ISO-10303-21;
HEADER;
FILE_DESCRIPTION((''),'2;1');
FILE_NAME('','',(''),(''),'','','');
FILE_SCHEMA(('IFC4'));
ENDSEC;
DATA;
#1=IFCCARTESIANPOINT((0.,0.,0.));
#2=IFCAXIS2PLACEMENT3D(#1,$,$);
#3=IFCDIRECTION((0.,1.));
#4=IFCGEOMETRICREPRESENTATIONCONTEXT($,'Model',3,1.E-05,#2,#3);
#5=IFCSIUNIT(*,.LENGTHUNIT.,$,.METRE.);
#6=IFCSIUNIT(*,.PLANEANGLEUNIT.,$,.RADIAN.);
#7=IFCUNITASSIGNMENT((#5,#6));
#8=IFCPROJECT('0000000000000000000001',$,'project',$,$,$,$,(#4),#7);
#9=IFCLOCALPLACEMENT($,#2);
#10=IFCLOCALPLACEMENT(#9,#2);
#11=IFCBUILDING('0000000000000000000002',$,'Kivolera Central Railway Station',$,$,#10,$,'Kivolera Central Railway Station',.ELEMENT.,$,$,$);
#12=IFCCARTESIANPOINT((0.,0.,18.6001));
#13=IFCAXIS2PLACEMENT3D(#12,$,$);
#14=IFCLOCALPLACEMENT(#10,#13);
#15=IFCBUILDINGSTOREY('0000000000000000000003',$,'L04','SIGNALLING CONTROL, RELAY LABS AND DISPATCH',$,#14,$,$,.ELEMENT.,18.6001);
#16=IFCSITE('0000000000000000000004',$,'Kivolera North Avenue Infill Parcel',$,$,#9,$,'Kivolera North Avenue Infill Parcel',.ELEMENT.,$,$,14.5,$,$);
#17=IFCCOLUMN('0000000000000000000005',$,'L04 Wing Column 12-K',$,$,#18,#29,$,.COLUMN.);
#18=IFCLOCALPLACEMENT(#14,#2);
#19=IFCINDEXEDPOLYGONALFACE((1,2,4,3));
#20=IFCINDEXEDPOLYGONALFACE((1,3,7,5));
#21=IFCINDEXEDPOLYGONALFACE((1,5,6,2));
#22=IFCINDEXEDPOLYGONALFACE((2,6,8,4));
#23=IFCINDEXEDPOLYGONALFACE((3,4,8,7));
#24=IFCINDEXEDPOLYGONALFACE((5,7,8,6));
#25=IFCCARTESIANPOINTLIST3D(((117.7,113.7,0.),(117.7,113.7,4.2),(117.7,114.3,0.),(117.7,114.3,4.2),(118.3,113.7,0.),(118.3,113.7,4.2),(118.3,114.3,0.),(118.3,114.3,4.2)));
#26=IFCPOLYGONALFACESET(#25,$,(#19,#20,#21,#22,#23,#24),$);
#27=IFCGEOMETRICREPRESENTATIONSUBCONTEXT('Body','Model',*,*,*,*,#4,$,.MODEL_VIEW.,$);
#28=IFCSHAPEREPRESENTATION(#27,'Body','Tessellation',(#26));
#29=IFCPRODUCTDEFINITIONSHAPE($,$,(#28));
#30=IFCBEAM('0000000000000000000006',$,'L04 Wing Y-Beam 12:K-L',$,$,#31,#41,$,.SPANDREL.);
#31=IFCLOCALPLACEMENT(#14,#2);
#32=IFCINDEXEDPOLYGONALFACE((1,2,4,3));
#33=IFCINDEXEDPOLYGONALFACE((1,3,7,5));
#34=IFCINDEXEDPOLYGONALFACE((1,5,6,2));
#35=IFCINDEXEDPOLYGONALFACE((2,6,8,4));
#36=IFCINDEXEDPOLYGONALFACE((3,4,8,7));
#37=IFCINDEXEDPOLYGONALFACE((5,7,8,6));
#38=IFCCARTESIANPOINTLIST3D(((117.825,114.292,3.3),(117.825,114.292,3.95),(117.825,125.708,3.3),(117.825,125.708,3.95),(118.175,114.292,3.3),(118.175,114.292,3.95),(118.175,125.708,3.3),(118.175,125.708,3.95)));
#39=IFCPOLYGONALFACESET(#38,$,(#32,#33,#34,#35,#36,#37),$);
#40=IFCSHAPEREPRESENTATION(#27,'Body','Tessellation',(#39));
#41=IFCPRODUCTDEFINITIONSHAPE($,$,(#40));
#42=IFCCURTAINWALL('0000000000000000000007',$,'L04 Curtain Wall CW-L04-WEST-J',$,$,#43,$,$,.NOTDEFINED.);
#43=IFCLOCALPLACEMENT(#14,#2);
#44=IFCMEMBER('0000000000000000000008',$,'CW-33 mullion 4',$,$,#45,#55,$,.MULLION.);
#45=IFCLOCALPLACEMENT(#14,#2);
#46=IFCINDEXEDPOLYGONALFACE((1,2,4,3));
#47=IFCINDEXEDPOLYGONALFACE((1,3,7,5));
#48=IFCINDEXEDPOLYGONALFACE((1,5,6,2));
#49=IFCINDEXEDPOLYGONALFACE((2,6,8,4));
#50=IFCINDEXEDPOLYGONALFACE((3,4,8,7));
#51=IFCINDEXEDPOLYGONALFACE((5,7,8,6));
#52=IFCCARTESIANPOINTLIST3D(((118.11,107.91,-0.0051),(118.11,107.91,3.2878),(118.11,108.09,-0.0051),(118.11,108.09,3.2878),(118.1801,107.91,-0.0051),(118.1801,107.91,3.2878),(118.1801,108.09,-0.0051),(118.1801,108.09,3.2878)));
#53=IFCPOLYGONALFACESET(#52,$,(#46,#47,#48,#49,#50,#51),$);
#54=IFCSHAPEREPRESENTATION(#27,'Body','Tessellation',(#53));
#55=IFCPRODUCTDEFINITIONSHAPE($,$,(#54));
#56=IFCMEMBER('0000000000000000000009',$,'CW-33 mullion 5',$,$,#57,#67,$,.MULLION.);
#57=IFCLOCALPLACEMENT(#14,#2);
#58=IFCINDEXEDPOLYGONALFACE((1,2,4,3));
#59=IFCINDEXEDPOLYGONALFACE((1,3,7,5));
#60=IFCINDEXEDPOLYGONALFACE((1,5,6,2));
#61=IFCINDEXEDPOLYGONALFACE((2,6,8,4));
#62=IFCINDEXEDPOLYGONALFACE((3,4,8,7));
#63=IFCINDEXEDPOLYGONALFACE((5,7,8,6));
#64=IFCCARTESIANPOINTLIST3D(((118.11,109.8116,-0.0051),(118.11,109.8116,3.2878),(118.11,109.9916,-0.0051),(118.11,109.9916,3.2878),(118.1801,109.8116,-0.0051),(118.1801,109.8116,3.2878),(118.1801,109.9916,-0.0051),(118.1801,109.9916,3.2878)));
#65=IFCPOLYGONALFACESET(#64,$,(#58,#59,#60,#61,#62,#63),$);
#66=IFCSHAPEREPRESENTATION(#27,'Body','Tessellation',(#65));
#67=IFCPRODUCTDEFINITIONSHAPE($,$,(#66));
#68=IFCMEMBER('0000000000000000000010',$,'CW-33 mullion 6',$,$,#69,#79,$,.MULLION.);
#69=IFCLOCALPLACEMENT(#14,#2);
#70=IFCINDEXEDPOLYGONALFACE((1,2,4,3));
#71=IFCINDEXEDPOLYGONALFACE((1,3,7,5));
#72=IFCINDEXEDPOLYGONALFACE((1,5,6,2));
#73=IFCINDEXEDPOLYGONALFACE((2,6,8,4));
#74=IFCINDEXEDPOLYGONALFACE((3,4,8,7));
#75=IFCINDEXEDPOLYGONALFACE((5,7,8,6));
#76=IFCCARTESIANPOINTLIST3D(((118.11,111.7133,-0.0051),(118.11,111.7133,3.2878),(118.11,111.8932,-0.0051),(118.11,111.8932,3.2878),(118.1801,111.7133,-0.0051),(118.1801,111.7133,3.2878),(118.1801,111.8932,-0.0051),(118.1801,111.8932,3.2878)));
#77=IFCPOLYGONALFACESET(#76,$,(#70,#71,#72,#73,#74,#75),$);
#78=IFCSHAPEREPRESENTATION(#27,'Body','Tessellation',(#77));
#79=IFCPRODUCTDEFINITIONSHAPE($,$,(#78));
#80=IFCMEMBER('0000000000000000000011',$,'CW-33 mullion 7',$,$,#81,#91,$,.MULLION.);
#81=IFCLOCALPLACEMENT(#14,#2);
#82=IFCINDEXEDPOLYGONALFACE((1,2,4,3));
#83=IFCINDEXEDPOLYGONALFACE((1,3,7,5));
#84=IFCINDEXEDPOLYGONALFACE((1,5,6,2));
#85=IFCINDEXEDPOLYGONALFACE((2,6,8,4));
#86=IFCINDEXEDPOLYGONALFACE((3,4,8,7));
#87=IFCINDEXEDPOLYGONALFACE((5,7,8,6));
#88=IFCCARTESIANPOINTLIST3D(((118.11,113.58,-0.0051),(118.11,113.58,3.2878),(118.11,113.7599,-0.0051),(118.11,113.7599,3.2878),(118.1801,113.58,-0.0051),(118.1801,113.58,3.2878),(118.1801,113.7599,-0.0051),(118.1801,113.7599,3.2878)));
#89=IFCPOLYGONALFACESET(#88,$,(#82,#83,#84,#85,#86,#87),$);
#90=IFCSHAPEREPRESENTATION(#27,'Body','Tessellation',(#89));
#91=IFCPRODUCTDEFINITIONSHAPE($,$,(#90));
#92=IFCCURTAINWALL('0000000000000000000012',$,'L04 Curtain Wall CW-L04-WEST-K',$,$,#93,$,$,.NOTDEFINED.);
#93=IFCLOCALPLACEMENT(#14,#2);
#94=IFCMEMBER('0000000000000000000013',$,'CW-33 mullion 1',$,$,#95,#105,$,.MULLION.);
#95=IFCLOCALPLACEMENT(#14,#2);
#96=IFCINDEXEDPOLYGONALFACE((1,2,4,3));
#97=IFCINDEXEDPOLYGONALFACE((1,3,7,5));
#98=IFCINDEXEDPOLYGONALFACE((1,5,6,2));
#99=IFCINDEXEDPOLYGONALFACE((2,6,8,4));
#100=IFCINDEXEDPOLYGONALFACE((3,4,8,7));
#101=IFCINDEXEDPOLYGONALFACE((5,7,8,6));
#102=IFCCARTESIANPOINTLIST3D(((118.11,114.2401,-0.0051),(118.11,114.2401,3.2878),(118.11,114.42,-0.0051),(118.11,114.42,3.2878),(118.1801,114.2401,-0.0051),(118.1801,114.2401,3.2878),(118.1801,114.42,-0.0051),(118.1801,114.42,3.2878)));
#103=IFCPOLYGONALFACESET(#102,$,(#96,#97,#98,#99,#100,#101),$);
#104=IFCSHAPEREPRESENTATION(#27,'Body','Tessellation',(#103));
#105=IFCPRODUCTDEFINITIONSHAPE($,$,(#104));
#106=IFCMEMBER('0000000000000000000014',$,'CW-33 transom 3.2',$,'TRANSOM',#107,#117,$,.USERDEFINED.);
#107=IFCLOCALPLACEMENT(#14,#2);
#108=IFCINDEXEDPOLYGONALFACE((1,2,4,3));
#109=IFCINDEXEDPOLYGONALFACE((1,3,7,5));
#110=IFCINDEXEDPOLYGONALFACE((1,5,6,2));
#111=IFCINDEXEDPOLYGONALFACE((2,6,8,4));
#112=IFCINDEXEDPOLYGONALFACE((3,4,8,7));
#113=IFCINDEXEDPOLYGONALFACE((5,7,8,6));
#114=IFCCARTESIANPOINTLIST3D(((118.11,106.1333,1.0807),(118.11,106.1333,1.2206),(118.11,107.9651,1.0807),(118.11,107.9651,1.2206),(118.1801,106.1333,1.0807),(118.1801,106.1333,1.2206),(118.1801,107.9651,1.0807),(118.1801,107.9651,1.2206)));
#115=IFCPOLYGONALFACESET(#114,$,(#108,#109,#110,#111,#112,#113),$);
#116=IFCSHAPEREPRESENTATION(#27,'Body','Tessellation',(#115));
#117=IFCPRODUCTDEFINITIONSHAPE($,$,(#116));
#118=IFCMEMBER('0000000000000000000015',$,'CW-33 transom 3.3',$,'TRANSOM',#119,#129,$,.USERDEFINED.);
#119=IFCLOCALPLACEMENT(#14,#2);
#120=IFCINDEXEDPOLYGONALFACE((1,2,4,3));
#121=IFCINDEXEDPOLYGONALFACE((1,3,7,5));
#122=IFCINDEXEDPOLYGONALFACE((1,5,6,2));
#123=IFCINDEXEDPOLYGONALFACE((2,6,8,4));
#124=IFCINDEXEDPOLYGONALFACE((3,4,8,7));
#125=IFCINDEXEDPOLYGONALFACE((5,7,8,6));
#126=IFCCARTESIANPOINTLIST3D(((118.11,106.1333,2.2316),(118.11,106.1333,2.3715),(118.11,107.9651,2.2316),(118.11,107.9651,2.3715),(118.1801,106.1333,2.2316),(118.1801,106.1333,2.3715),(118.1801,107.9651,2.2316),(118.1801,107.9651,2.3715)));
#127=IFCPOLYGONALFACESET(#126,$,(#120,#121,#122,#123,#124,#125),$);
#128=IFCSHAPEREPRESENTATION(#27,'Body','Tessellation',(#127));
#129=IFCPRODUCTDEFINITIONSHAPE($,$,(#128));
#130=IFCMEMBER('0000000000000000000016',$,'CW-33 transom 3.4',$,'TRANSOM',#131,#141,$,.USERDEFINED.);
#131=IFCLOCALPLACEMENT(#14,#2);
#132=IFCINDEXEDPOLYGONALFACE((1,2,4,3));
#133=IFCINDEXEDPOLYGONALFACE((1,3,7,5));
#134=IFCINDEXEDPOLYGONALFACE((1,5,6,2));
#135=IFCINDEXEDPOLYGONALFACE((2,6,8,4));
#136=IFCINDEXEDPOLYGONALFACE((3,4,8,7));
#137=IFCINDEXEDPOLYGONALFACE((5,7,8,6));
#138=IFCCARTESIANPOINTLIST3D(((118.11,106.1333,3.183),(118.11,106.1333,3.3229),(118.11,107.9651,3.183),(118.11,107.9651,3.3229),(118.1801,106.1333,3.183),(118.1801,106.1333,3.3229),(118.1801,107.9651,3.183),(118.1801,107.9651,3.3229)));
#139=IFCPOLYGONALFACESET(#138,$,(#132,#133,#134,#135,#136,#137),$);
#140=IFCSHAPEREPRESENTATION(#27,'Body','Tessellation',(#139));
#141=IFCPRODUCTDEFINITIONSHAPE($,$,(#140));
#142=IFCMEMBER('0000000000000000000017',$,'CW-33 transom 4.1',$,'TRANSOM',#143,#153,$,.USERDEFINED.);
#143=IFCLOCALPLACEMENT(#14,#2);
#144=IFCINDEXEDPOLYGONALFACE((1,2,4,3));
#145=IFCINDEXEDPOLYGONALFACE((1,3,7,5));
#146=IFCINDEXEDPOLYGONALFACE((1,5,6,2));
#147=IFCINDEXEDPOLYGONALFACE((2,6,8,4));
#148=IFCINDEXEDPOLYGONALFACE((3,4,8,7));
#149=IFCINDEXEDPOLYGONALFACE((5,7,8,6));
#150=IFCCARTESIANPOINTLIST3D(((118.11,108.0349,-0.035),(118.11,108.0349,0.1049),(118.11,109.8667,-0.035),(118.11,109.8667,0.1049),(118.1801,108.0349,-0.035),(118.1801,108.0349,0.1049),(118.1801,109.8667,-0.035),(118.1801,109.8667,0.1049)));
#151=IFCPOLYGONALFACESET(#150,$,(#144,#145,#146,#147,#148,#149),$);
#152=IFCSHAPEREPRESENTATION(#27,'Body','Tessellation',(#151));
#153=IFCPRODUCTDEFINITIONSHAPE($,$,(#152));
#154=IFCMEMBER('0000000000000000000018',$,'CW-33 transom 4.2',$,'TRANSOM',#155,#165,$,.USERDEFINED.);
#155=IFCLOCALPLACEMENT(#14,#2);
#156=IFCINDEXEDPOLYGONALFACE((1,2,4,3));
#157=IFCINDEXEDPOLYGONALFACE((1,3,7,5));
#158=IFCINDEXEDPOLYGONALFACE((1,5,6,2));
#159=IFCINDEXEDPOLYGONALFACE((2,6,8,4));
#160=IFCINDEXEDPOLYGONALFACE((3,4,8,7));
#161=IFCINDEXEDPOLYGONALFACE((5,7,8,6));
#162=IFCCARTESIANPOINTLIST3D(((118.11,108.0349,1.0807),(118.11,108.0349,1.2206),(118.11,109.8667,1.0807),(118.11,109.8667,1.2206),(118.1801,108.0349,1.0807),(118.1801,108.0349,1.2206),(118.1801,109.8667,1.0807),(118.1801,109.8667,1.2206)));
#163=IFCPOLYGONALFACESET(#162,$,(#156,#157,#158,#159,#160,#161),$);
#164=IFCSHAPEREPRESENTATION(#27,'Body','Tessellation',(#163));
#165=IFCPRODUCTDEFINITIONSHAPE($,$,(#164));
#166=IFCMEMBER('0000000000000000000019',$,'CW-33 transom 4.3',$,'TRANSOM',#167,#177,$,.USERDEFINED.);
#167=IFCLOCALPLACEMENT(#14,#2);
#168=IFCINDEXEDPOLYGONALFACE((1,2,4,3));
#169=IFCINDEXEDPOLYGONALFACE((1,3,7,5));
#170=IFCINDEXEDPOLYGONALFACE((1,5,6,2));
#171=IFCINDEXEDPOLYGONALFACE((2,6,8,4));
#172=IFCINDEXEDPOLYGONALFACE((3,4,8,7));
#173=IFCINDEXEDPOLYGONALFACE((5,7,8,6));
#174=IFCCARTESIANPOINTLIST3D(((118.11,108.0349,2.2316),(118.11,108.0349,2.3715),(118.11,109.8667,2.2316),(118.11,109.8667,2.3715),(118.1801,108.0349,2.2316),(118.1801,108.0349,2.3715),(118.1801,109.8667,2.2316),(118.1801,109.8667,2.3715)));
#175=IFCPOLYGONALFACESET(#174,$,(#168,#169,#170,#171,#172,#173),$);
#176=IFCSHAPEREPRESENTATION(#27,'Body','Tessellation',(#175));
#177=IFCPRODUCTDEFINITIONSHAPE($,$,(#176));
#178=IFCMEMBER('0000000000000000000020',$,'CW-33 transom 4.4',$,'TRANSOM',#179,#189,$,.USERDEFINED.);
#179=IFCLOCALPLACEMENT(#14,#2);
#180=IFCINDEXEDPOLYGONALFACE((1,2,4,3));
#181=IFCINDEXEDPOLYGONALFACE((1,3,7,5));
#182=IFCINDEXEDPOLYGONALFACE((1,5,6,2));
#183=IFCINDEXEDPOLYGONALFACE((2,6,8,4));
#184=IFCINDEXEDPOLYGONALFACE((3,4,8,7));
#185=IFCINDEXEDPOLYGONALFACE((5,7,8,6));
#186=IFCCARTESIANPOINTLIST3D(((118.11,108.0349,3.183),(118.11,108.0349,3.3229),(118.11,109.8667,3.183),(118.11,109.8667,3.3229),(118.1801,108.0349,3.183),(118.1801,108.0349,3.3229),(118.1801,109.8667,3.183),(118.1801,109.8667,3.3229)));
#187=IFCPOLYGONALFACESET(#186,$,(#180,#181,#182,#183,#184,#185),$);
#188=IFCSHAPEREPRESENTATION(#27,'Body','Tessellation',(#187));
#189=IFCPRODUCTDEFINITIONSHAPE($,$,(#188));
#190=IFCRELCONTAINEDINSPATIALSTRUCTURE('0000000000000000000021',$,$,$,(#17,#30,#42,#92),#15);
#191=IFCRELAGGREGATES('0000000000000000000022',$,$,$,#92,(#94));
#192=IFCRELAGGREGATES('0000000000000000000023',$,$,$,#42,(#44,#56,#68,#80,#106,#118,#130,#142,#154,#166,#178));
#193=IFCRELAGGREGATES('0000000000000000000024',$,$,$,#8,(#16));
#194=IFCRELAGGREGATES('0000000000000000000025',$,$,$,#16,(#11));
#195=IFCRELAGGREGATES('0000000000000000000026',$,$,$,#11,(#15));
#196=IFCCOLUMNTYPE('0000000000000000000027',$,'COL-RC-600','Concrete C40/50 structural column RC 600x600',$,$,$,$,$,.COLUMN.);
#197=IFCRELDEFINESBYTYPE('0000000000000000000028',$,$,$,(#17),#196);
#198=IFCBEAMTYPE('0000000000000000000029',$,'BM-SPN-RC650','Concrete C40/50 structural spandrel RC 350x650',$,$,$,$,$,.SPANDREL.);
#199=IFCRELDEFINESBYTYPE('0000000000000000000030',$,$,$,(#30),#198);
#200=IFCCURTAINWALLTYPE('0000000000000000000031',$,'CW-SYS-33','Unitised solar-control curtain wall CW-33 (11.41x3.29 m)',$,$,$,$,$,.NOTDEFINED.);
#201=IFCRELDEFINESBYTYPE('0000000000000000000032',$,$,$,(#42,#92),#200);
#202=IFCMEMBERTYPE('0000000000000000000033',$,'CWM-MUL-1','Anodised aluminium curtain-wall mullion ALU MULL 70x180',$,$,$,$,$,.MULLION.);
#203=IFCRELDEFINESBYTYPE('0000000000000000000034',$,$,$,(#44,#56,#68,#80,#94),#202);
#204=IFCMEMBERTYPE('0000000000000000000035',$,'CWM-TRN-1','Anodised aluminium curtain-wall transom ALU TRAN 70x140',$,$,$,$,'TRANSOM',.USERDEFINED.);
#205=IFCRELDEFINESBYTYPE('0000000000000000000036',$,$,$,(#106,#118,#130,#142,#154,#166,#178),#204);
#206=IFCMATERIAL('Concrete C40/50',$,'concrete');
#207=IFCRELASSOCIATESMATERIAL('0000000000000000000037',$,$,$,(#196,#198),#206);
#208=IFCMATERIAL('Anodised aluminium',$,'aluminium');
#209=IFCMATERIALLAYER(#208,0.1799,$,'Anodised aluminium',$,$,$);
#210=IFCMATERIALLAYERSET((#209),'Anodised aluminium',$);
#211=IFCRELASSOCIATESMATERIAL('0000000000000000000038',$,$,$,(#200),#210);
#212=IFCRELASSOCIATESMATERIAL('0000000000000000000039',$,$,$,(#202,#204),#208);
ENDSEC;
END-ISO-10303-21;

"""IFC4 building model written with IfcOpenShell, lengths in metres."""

from ifc_helpers import new_model, si_unit, direction, frame, origin, origin_2d, place, context, subcontext, project, spatial, rectangle, extrude, material, layer, layer_set, material_profile, profile_set, type_object, element, aggregate, save


model = new_model("IFC4")

# Units and contexts
model_context = context("Model", 3, precision=1e-05, world=origin(), true_north=direction((0.0, 1.0)))
body_context = subcontext(model_context, "Body", "Model", "MODEL_VIEW")
ifc_project = project(units=[si_unit("LENGTHUNIT", "METRE"), si_unit("PLANEANGLEUNIT", "RADIAN")], contexts=[model_context])

# Site, building, storey
site_placement = place(None, origin())
site = spatial("IfcSite", under=ifc_project, at=site_placement, Name="Kivolera North Avenue Infill Parcel", LongName="Kivolera North Avenue Infill Parcel", CompositionType="ELEMENT", RefElevation=14.5)
building_placement = place(site_placement, origin())
building = spatial("IfcBuilding", under=site, at=building_placement, Name="Kivolera Central Railway Station", LongName="Kivolera Central Railway Station", CompositionType="ELEMENT")
storey_placement = place(building_placement, frame((0.0, 0.0, 18.6001)))
storey = spatial("IfcBuildingStorey", under=building, at=storey_placement, Name="L04", Description="SIGNALLING CONTROL, RELAY LABS AND DISPATCH", CompositionType="ELEMENT", Elevation=18.6001)

# Column
ifc_material_1 = material(Name="Concrete C40/50", Category="concrete")
ifc_material_profile_1 = material_profile(ifc_material_1, rectangle(XDim=0.6001, YDim=0.6001, at=origin_2d()), Name="RC 600x600")
ifc_profile_set_1 = profile_set([ifc_material_profile_1], Name="Concrete C40/50")
column_type = type_object("IfcColumnType", Name="COL-RC-600", Description="Concrete C40/50 structural column RC 600x600", PredefinedType="COLUMN", material=ifc_profile_set_1)
column_placement = place(storey_placement, frame((118.0, 114.0, 0.0), z_axis=(0.0, 0.0, 1.0), x_axis=(1.0, 0.0, 0.0)))
element("IfcColumn", 1, at=column_placement, inside=storey, type_object=column_type, Name="L04 Wing Column 12-K", PredefinedType="COLUMN", context=body_context, shape_type="SweptSolid", body=[
    extrude(rectangle(XDim=0.6001, YDim=0.6001, at=origin_2d()), origin(), (0.0, 0.0, 1.0), 4.2),
])

# Beam
ifc_material_profile_2 = material_profile(ifc_material_1, rectangle(XDim=0.3501, YDim=0.6499, at=origin_2d()), Name="RC 350x650")
ifc_profile_set_2 = profile_set([ifc_material_profile_2], Name="Concrete C40/50")
beam_type = type_object("IfcBeamType", Name="BM-SPN-RC650", Description="Concrete C40/50 structural spandrel RC 350x650", PredefinedType="SPANDREL", material=ifc_profile_set_2)
beam_placement = place(storey_placement, frame((118.0, 114.292, 3.625), z_axis=(0.0, 1.0, 0.0), x_axis=(-1.0, 0.0, 0.0)))
element("IfcBeam", 2, at=beam_placement, inside=storey, type_object=beam_type, Name="L04 Wing Y-Beam 12:K-L", PredefinedType="SPANDREL", context=body_context, shape_type="SweptSolid", body=[
    extrude(rectangle(XDim=0.3501, YDim=0.6499, at=origin_2d()), origin(), (0.0, 0.0, 1.0), 11.416),
])

# Curtain wall, members
ifc_material_2 = material(Name="Anodised aluminium", Category="aluminium")
ifc_layer_1 = layer(ifc_material_2, 0.1799, Name="Anodised aluminium")
ifc_layer_set_1 = layer_set([ifc_layer_1], Name="Anodised aluminium")
curtain_wall_type = type_object("IfcCurtainWallType", Name="CW-SYS-33", Description="Unitised solar-control curtain wall CW-33 (11.41x3.29 m)", PredefinedType="NOTDEFINED", material=ifc_layer_set_1)
curtain_wall_1_placement = place(storey_placement, origin())
curtain_wall_1 = element("IfcCurtainWall", 3, at=curtain_wall_1_placement, inside=storey, type_object=curtain_wall_type, Name="L04 Curtain Wall CW-L04-WEST-J", PredefinedType="NOTDEFINED")
ifc_material_profile_3 = material_profile(ifc_material_2, rectangle(XDim=0.0701, YDim=0.1799, at=origin_2d()), Name="ALU MULL 70x180")
ifc_profile_set_3 = profile_set([ifc_material_profile_3], Name="Anodised aluminium")
member_type_1 = type_object("IfcMemberType", Name="CWM-MUL-1", Description="Anodised aluminium curtain-wall mullion ALU MULL 70x180", PredefinedType="MULLION", material=ifc_profile_set_3)
member_1_placement = place(storey_placement, frame((118.145, 108.0, -0.0051), z_axis=(0.0, 0.0, 1.0), x_axis=(-1.0, 0.0, 0.0)))
member_1 = element("IfcMember", 4, at=member_1_placement, type_object=member_type_1, Name="CW-33 mullion 4", PredefinedType="MULLION", context=body_context, shape_type="SweptSolid", body=[
    extrude(rectangle(XDim=0.0701, YDim=0.1799, at=origin_2d()), origin(), (0.0, 0.0, 1.0), 3.293),
])
member_2_placement = place(storey_placement, frame((118.145, 109.9016, -0.0051), z_axis=(0.0, 0.0, 1.0), x_axis=(-1.0, 0.0, 0.0)))
member_2 = element("IfcMember", 5, at=member_2_placement, type_object=member_type_1, Name="CW-33 mullion 5", PredefinedType="MULLION", context=body_context, shape_type="SweptSolid", body=[
    extrude(rectangle(XDim=0.0701, YDim=0.1799, at=origin_2d()), origin(), (0.0, 0.0, 1.0), 3.293),
])
member_3_placement = place(storey_placement, frame((118.145, 111.8032, -0.0051), z_axis=(0.0, 0.0, 1.0), x_axis=(-1.0, 0.0, 0.0)))
member_3 = element("IfcMember", 6, at=member_3_placement, type_object=member_type_1, Name="CW-33 mullion 6", PredefinedType="MULLION", context=body_context, shape_type="SweptSolid", body=[
    extrude(rectangle(XDim=0.0701, YDim=0.1799, at=origin_2d()), origin(), (0.0, 0.0, 1.0), 3.293),
])
member_4_placement = place(storey_placement, frame((118.145, 113.6699, -0.0051), z_axis=(0.0, 0.0, 1.0), x_axis=(-1.0, 0.0, 0.0)))
member_4 = element("IfcMember", 7, at=member_4_placement, type_object=member_type_1, Name="CW-33 mullion 7", PredefinedType="MULLION", context=body_context, shape_type="SweptSolid", body=[
    extrude(rectangle(XDim=0.0701, YDim=0.1799, at=origin_2d()), origin(), (0.0, 0.0, 1.0), 3.293),
])

# Curtain wall, member
curtain_wall_2_placement = place(storey_placement, origin())
curtain_wall_2 = element("IfcCurtainWall", 8, at=curtain_wall_2_placement, inside=storey, type_object=curtain_wall_type, Name="L04 Curtain Wall CW-L04-WEST-K", PredefinedType="NOTDEFINED")
member_5_placement = place(storey_placement, frame((118.145, 114.3301, -0.0051), z_axis=(0.0, 0.0, 1.0), x_axis=(-1.0, 0.0, 0.0)))
member_5 = element("IfcMember", 9, at=member_5_placement, type_object=member_type_1, Name="CW-33 mullion 1", PredefinedType="MULLION", context=body_context, shape_type="SweptSolid", body=[
    extrude(rectangle(XDim=0.0701, YDim=0.1799, at=origin_2d()), origin(), (0.0, 0.0, 1.0), 3.293),
])
aggregate(curtain_wall_2, [member_5])

# Members
ifc_material_profile_4 = material_profile(ifc_material_2, rectangle(XDim=0.0701, YDim=0.1399, at=origin_2d()), Name="ALU TRAN 70x140")
ifc_profile_set_4 = profile_set([ifc_material_profile_4], Name="Anodised aluminium")
member_type_2 = type_object("IfcMemberType", Name="CWM-TRN-1", Description="Anodised aluminium curtain-wall transom ALU TRAN 70x140", ElementType="TRANSOM", PredefinedType="USERDEFINED", material=ifc_profile_set_4)
member_6_placement = place(storey_placement, frame((118.145, 106.1333, 1.1506), z_axis=(0.0, 1.0, 0.0), x_axis=(-1.0, 0.0, 0.0)))
member_6 = element("IfcMember", 10, at=member_6_placement, type_object=member_type_2, Name="CW-33 transom 3.2", ObjectType="TRANSOM", PredefinedType="USERDEFINED", context=body_context, shape_type="SweptSolid", body=[
    extrude(rectangle(XDim=0.0701, YDim=0.1399, at=origin_2d()), origin(), (0.0, 0.0, 1.0), 1.8318),
])
member_7_placement = place(storey_placement, frame((118.145, 106.1333, 2.3015), z_axis=(0.0, 1.0, 0.0), x_axis=(-1.0, 0.0, 0.0)))
member_7 = element("IfcMember", 11, at=member_7_placement, type_object=member_type_2, Name="CW-33 transom 3.3", ObjectType="TRANSOM", PredefinedType="USERDEFINED", context=body_context, shape_type="SweptSolid", body=[
    extrude(rectangle(XDim=0.0701, YDim=0.1399, at=origin_2d()), origin(), (0.0, 0.0, 1.0), 1.8318),
])
member_8_placement = place(storey_placement, frame((118.145, 106.1333, 3.2529), z_axis=(0.0, 1.0, 0.0), x_axis=(-1.0, 0.0, 0.0)))
member_8 = element("IfcMember", 12, at=member_8_placement, type_object=member_type_2, Name="CW-33 transom 3.4", ObjectType="TRANSOM", PredefinedType="USERDEFINED", context=body_context, shape_type="SweptSolid", body=[
    extrude(rectangle(XDim=0.0701, YDim=0.1399, at=origin_2d()), origin(), (0.0, 0.0, 1.0), 1.8318),
])
member_9_placement = place(storey_placement, frame((118.145, 108.0349, 0.0349), z_axis=(0.0, 1.0, 0.0), x_axis=(-1.0, 0.0, 0.0)))
member_9 = element("IfcMember", 13, at=member_9_placement, type_object=member_type_2, Name="CW-33 transom 4.1", ObjectType="TRANSOM", PredefinedType="USERDEFINED", context=body_context, shape_type="SweptSolid", body=[
    extrude(rectangle(XDim=0.0701, YDim=0.1399, at=origin_2d()), origin(), (0.0, 0.0, 1.0), 1.8318),
])
member_10_placement = place(storey_placement, frame((118.145, 108.0349, 1.1506), z_axis=(0.0, 1.0, 0.0), x_axis=(-1.0, 0.0, 0.0)))
member_10 = element("IfcMember", 14, at=member_10_placement, type_object=member_type_2, Name="CW-33 transom 4.2", ObjectType="TRANSOM", PredefinedType="USERDEFINED", context=body_context, shape_type="SweptSolid", body=[
    extrude(rectangle(XDim=0.0701, YDim=0.1399, at=origin_2d()), origin(), (0.0, 0.0, 1.0), 1.8318),
])
member_11_placement = place(storey_placement, frame((118.145, 108.0349, 2.3015), z_axis=(0.0, 1.0, 0.0), x_axis=(-1.0, 0.0, 0.0)))
member_11 = element("IfcMember", 15, at=member_11_placement, type_object=member_type_2, Name="CW-33 transom 4.3", ObjectType="TRANSOM", PredefinedType="USERDEFINED", context=body_context, shape_type="SweptSolid", body=[
    extrude(rectangle(XDim=0.0701, YDim=0.1399, at=origin_2d()), origin(), (0.0, 0.0, 1.0), 1.8318),
])
member_12_placement = place(storey_placement, frame((118.145, 108.0349, 3.2529), z_axis=(0.0, 1.0, 0.0), x_axis=(-1.0, 0.0, 0.0)))
member_12 = element("IfcMember", 16, at=member_12_placement, type_object=member_type_2, Name="CW-33 transom 4.4", ObjectType="TRANSOM", PredefinedType="USERDEFINED", context=body_context, shape_type="SweptSolid", body=[
    extrude(rectangle(XDim=0.0701, YDim=0.1399, at=origin_2d()), origin(), (0.0, 0.0, 1.0), 1.8318),
])

aggregate(curtain_wall_1, [member_1, member_2, member_3, member_4, member_6, member_7, member_8, member_9, member_10, member_11, member_12])

save(model, "model.ifc")
